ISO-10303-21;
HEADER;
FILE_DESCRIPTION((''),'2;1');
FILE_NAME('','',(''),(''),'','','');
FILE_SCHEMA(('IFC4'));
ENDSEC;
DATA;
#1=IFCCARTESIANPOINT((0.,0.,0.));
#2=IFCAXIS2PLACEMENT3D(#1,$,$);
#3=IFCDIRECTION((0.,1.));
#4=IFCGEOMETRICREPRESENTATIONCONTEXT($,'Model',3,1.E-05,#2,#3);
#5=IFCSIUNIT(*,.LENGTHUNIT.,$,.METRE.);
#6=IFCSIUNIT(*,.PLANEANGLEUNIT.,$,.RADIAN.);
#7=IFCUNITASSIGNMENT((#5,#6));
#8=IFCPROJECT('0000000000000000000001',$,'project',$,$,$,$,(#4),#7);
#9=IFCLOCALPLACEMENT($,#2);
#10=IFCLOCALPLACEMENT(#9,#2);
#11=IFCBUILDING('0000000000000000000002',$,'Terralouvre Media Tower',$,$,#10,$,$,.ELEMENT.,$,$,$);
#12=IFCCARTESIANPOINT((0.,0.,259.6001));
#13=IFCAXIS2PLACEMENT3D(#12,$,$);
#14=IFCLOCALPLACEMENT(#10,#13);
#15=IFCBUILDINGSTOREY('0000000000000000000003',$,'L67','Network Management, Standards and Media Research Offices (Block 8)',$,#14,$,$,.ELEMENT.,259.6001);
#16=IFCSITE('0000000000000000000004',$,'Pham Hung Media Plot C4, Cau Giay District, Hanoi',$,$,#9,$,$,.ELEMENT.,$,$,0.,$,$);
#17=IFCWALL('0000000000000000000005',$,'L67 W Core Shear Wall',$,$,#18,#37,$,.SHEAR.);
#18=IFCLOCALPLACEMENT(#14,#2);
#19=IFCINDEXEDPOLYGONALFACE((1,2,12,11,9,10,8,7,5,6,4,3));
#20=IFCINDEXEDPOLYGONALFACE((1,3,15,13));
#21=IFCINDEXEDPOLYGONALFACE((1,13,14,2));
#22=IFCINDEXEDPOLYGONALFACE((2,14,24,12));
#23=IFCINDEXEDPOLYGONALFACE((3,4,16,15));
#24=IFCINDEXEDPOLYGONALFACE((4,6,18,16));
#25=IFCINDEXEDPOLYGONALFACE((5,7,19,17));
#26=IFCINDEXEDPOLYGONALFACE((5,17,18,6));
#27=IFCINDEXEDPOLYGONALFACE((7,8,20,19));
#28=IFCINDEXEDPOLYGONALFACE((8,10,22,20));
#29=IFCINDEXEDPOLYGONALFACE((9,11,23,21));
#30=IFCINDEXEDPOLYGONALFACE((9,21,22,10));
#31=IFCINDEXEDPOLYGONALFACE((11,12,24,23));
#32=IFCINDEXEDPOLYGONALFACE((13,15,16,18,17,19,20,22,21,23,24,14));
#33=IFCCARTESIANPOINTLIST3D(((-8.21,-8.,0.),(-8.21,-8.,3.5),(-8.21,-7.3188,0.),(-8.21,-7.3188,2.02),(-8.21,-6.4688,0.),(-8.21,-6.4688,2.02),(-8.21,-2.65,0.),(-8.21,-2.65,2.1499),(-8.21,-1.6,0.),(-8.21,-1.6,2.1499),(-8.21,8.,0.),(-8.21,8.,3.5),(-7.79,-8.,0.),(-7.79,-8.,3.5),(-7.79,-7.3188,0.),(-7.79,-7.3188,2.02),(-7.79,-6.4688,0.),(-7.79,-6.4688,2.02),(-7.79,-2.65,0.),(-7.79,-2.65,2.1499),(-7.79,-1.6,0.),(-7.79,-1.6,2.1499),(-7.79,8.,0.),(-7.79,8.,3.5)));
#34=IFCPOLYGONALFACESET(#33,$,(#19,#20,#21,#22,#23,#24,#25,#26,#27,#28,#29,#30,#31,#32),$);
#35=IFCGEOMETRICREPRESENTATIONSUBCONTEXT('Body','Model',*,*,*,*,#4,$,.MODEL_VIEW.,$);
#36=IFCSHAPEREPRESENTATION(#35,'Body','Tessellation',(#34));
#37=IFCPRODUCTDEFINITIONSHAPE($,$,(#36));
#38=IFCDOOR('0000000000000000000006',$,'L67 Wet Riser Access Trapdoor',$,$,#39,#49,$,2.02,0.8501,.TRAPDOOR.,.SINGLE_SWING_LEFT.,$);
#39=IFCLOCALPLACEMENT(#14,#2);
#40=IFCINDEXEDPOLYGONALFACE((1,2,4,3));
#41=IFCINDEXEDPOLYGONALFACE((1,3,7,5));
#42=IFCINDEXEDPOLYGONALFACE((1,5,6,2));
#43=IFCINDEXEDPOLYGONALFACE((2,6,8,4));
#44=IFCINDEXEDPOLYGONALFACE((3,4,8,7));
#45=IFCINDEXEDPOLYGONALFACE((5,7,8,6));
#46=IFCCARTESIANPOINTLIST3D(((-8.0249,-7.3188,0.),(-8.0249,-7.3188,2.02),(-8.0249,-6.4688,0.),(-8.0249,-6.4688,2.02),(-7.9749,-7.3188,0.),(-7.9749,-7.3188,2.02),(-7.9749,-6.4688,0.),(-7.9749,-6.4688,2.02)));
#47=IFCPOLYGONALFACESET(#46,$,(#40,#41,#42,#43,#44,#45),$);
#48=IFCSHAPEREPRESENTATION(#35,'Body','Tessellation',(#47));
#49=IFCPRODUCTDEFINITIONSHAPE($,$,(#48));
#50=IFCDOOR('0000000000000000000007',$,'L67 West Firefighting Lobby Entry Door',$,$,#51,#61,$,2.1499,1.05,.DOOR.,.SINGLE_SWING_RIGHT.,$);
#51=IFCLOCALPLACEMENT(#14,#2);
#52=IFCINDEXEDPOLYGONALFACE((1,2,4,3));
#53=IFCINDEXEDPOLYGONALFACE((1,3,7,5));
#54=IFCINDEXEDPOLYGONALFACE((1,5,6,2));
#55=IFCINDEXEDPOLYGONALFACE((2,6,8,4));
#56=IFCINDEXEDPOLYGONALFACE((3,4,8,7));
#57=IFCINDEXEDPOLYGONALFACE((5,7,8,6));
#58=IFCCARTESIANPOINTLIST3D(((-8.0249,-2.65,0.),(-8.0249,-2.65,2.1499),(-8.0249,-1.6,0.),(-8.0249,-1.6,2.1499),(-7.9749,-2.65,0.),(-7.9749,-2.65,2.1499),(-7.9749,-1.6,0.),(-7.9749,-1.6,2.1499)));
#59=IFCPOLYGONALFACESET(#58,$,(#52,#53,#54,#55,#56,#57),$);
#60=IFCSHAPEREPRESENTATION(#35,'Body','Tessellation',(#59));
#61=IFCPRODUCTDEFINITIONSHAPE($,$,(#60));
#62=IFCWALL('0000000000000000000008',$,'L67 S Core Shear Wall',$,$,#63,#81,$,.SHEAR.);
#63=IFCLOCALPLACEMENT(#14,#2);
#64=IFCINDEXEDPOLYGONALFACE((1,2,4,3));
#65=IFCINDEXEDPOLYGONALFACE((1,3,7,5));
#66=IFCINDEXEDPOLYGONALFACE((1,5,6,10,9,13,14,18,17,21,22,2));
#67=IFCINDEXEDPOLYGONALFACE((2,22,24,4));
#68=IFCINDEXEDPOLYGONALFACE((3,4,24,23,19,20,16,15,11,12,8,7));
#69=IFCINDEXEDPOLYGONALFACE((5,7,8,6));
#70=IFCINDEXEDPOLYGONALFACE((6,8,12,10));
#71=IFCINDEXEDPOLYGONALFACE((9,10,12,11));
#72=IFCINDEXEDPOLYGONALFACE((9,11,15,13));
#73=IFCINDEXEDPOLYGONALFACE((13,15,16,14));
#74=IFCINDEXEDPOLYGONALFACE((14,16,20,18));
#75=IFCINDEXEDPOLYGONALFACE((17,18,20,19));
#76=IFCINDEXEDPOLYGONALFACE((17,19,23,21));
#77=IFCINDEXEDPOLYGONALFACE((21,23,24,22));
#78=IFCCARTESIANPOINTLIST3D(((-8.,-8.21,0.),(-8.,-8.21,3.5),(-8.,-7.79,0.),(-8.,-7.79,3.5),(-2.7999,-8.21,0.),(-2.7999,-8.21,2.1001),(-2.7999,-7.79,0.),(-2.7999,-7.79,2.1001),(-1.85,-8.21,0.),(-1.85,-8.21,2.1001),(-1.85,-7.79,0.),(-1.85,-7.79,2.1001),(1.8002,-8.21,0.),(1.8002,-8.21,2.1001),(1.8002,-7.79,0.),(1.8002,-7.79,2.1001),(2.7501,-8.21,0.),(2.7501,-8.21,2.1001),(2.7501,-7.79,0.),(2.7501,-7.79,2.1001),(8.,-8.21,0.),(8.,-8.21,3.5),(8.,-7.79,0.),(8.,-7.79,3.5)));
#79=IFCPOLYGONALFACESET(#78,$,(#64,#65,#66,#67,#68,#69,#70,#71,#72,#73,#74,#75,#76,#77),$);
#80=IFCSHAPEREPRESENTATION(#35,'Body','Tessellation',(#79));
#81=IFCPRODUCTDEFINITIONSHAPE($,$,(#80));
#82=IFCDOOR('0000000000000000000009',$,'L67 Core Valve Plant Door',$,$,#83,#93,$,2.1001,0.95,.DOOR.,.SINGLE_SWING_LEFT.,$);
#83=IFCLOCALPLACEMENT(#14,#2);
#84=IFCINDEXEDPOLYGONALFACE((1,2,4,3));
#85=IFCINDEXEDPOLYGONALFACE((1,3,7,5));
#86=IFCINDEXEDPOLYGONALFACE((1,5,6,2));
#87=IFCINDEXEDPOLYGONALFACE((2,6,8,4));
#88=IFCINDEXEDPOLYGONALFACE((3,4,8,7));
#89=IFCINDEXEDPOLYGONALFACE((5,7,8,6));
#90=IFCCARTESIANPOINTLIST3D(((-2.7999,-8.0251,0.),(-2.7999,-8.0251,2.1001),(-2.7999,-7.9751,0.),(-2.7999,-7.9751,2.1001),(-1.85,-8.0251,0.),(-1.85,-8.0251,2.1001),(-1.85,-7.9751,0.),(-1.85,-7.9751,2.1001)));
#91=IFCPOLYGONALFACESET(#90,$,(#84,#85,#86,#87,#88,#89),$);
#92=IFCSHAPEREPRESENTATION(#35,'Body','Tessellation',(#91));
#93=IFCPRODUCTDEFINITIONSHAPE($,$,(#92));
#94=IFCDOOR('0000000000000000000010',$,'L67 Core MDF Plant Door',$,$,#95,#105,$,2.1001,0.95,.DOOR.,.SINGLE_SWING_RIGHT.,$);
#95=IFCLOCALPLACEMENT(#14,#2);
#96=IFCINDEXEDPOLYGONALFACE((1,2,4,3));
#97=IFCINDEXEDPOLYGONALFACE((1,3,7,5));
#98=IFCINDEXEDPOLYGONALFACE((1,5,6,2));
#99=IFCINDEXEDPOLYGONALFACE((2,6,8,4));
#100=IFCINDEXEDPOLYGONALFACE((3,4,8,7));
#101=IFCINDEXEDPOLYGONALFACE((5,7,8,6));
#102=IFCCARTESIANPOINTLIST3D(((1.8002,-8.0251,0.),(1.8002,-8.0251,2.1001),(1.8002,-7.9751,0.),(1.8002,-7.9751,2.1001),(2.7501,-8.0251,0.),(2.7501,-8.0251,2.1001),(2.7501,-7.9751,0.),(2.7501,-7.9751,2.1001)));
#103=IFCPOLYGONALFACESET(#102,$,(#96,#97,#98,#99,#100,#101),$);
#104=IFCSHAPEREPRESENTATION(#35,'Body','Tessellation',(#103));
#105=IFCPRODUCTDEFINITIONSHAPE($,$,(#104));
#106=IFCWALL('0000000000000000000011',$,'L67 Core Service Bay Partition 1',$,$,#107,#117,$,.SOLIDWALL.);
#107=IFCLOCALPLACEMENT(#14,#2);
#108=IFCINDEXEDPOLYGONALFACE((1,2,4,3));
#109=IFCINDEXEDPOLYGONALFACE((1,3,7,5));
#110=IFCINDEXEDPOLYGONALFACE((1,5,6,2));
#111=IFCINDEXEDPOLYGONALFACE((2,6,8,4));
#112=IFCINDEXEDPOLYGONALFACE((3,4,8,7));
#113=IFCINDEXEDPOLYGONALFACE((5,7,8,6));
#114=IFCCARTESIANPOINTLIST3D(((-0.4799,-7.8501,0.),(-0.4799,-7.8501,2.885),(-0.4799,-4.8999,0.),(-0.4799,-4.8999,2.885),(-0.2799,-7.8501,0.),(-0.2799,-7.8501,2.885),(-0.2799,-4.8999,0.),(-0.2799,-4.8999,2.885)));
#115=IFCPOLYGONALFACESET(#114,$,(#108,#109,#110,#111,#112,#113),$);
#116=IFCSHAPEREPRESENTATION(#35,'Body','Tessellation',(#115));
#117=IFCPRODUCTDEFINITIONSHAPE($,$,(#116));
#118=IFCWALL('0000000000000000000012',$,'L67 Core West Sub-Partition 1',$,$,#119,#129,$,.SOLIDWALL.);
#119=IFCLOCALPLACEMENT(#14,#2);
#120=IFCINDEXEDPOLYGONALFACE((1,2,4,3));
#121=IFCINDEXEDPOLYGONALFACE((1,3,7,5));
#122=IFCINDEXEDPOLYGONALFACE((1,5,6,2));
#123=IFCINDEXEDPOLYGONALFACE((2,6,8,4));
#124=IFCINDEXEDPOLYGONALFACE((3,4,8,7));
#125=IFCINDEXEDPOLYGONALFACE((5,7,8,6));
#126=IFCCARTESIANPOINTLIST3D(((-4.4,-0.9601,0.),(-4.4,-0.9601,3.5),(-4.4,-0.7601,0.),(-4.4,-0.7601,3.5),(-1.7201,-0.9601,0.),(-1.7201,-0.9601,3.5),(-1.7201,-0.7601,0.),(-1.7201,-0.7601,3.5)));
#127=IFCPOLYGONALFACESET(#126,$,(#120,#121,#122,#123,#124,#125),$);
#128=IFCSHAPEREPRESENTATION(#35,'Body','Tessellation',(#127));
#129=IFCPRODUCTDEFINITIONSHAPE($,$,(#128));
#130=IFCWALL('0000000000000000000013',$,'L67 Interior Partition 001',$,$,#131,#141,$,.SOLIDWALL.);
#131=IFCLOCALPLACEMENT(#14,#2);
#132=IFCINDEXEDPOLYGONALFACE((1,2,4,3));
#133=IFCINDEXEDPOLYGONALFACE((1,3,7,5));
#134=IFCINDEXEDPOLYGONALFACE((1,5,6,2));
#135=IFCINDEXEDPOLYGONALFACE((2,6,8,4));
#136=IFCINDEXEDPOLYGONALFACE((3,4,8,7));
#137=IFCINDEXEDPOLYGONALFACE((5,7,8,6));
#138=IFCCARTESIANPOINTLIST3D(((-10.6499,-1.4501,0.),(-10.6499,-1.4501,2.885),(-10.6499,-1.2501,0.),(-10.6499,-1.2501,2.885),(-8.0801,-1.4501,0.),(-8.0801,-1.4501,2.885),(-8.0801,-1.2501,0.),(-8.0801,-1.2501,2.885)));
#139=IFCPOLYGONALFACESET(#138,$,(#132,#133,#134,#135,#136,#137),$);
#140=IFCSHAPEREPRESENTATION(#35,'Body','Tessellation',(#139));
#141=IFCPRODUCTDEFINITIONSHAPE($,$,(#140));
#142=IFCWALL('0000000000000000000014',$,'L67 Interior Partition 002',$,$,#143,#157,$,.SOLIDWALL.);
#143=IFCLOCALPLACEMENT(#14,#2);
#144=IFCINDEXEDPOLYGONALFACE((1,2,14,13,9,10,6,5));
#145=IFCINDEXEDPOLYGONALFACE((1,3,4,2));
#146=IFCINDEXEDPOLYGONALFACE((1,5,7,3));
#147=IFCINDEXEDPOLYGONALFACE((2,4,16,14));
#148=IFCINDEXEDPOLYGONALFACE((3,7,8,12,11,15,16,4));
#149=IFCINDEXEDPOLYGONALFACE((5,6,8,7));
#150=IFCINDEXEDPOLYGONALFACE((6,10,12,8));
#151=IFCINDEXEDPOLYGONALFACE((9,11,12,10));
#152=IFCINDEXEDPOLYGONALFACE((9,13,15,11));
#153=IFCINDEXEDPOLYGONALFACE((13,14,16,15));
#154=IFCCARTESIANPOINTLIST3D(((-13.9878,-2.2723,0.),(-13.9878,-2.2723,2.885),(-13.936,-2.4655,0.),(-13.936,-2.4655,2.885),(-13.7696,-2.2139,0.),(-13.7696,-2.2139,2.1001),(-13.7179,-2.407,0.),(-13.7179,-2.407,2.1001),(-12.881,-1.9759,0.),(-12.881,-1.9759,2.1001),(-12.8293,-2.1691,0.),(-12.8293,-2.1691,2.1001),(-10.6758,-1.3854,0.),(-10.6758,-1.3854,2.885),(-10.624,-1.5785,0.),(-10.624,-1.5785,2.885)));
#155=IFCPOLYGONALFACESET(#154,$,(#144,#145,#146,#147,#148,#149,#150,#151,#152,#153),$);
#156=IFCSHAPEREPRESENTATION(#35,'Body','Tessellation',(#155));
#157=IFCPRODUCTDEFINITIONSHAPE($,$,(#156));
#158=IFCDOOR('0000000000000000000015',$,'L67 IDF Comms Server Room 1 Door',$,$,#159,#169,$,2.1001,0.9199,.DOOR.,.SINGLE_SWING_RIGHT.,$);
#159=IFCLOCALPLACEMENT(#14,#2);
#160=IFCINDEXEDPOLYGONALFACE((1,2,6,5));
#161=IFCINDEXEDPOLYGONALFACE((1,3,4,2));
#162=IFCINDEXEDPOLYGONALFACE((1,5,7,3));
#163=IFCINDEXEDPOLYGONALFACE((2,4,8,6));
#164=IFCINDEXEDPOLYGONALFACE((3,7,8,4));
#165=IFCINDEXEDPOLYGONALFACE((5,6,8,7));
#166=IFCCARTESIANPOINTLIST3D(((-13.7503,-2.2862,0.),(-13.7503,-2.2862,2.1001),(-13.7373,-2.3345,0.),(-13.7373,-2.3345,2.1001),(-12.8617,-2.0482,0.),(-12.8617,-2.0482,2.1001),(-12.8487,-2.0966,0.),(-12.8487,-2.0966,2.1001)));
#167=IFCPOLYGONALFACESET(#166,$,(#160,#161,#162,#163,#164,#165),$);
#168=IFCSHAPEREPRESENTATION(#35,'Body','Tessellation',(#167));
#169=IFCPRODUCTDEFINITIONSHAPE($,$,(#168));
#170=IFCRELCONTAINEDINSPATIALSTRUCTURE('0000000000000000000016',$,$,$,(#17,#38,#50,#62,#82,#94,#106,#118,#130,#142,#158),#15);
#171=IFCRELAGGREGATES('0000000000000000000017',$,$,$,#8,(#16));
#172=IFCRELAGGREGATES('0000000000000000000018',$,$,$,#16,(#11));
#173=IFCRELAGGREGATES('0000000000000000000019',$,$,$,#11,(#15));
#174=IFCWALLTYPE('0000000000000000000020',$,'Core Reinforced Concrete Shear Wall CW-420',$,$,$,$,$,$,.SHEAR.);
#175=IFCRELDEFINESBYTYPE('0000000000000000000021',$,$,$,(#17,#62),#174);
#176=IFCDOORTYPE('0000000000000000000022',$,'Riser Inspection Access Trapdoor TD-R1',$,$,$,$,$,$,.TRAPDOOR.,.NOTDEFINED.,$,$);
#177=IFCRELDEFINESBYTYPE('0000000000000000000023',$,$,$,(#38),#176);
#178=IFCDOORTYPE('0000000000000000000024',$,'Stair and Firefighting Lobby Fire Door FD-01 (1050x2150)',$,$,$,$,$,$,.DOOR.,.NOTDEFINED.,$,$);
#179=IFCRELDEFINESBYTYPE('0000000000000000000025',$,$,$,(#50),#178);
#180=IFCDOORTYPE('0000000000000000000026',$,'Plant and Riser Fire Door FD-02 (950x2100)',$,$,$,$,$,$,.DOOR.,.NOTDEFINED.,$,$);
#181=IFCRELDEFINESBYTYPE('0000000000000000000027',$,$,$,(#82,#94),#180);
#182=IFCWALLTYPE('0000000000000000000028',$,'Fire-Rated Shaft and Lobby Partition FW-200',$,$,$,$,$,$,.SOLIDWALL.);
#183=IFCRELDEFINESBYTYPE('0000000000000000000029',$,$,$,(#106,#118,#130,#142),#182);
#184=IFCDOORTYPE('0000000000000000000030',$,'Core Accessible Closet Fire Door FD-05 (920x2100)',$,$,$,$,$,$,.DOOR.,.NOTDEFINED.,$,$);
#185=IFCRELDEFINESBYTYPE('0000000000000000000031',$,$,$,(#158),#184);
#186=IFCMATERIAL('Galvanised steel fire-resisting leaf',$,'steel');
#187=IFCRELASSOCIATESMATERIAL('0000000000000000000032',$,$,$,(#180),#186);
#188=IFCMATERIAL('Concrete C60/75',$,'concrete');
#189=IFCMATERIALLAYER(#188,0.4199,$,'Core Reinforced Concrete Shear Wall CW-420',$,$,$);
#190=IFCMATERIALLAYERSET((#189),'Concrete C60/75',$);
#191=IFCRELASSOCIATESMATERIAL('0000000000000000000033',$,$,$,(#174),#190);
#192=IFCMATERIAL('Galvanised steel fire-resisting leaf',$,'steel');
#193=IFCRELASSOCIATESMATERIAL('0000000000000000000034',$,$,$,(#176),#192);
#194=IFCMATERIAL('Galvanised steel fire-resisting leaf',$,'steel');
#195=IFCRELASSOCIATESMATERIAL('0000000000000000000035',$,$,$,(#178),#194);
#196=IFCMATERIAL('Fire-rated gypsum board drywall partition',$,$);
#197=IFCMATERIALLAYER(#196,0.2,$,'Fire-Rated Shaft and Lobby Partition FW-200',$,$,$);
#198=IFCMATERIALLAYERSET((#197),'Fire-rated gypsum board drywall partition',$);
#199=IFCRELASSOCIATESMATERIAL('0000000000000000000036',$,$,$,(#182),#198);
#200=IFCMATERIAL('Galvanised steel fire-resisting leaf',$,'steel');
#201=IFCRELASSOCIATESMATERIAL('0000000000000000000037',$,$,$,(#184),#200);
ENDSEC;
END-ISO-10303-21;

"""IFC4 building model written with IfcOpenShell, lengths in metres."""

from ifc_helpers import new_model, si_unit, direction, frame, frame_2d, origin, place, context, subcontext, project, spatial, rectangle, extrude, material, layer, layer_set, type_object, element, fill, save


model = new_model("IFC4")

# Units and contexts
model_context = context("Model", 3, precision=1e-05, world=origin(), true_north=direction((0.0, 1.0)))
body_context = subcontext(model_context, "Body", "Model", "MODEL_VIEW")
ifc_project = project(units=[si_unit("LENGTHUNIT", "METRE"), si_unit("PLANEANGLEUNIT", "RADIAN")], contexts=[model_context])

# Site, building, storey
site_placement = place(None, origin())
site = spatial("IfcSite", under=ifc_project, at=site_placement, Name="Pham Hung Media Plot C4, Cau Giay District, Hanoi", CompositionType="ELEMENT", RefElevation=0.0)
building_placement = place(site_placement, origin())
building = spatial("IfcBuilding", under=site, at=building_placement, Name="Terralouvre Media Tower", CompositionType="ELEMENT")
storey_placement = place(building_placement, frame((0.0, 0.0, 259.6001)))
storey = spatial("IfcBuildingStorey", under=building, at=storey_placement, Name="L67", Description="Network Management, Standards and Media Research Offices (Block 8)", CompositionType="ELEMENT", Elevation=259.6001)

# Walls, openings, doors
ifc_material_1 = material(Name="Galvanised steel fire-resisting leaf", Category="steel")
door_type_1 = type_object("IfcDoorType", Name="Plant and Riser Fire Door FD-02 (950x2100)", OperationType="NOTDEFINED", PredefinedType="DOOR", material=ifc_material_1)
ifc_material_2 = material(Name="Concrete C60/75", Category="concrete")
ifc_layer_1 = layer(ifc_material_2, 0.4199, Name="Core Reinforced Concrete Shear Wall CW-420")
ifc_layer_set_1 = layer_set([ifc_layer_1], Name="Concrete C60/75")
wall_type_1 = type_object("IfcWallType", Name="Core Reinforced Concrete Shear Wall CW-420", PredefinedType="SHEAR", material=ifc_layer_set_1)
wall_1_placement = place(storey_placement, frame((-8.0, -8.0, 0.0), z_axis=(0.0, 0.0, 1.0), x_axis=(0.0, 1.0, 0.0)))
wall_1 = element("IfcWall", 1, at=wall_1_placement, inside=storey, type_object=wall_type_1, Name="L67 W Core Shear Wall", PredefinedType="SHEAR", context=body_context, shape_type="SweptSolid", body=[
    extrude(rectangle(XDim=16.0, YDim=0.4199, at=frame_2d((8.0, 0.0))), origin(), (0.0, 0.0, 1.0), 3.5),
])
opening_1_placement = place(wall_1_placement, frame((0.6812, 0.0, 0.0)))
opening_1 = element("IfcOpeningElement", 2, at=opening_1_placement, cuts=wall_1, PredefinedType="OPENING", context=body_context, shape_type="SweptSolid", body=[
    extrude(rectangle(XDim=0.8501, YDim=2.02, at=frame_2d((0.425, 1.01))), frame((0.0, 0.22, 0.0), z_axis=(0.0, -1.0, 0.0), x_axis=(1.0, 0.0, 0.0)), (0.0, 0.0, 1.0), 0.4399),
])
opening_2_placement = place(wall_1_placement, frame((5.3501, 0.0, 0.0)))
opening_2 = element("IfcOpeningElement", 3, at=opening_2_placement, cuts=wall_1, PredefinedType="OPENING", context=body_context, shape_type="SweptSolid", body=[
    extrude(rectangle(XDim=1.05, YDim=2.1499, at=frame_2d((0.5249, 1.075))), frame((0.0, 0.22, 0.0), z_axis=(0.0, -1.0, 0.0), x_axis=(1.0, 0.0, 0.0)), (0.0, 0.0, 1.0), 0.4399),
])
ifc_material_3 = material(Name="Galvanised steel fire-resisting leaf", Category="steel")
door_type_2 = type_object("IfcDoorType", Name="Riser Inspection Access Trapdoor TD-R1", OperationType="NOTDEFINED", PredefinedType="TRAPDOOR", material=ifc_material_3)
door_1_placement = place(opening_1_placement, origin())
door_1 = element("IfcDoor", 4, at=door_1_placement, inside=storey, type_object=door_type_2, Name="L67 Wet Riser Access Trapdoor", OperationType="SINGLE_SWING_LEFT", OverallHeight=2.02, OverallWidth=0.8501, PredefinedType="TRAPDOOR", context=body_context, shape_type="SweptSolid", body=[
    extrude(rectangle(XDim=0.8501, YDim=2.02, at=frame_2d((0.425, 1.01))), frame((0.0, 0.0249, 0.0), z_axis=(0.0, -1.0, 0.0), x_axis=(1.0, 0.0, 0.0)), (0.0, 0.0, 1.0), 0.05),
])
fill(opening_1, door_1)
ifc_material_4 = material(Name="Galvanised steel fire-resisting leaf", Category="steel")
door_type_3 = type_object("IfcDoorType", Name="Stair and Firefighting Lobby Fire Door FD-01 (1050x2150)", OperationType="NOTDEFINED", PredefinedType="DOOR", material=ifc_material_4)
door_2_placement = place(opening_2_placement, origin())
door_2 = element("IfcDoor", 5, at=door_2_placement, inside=storey, type_object=door_type_3, Name="L67 West Firefighting Lobby Entry Door", OperationType="SINGLE_SWING_RIGHT", OverallHeight=2.1499, OverallWidth=1.05, PredefinedType="DOOR", context=body_context, shape_type="SweptSolid", body=[
    extrude(rectangle(XDim=1.05, YDim=2.1499, at=frame_2d((0.5249, 1.075))), frame((0.0, 0.0249, 0.0), z_axis=(0.0, -1.0, 0.0), x_axis=(1.0, 0.0, 0.0)), (0.0, 0.0, 1.0), 0.05),
])
fill(opening_2, door_2)
wall_2_placement = place(storey_placement, frame((-8.0, -8.0, 0.0), z_axis=(0.0, 0.0, 1.0), x_axis=(1.0, 0.0, 0.0)))
wall_2 = element("IfcWall", 6, at=wall_2_placement, inside=storey, type_object=wall_type_1, Name="L67 S Core Shear Wall", PredefinedType="SHEAR", context=body_context, shape_type="SweptSolid", body=[
    extrude(rectangle(XDim=16.0, YDim=0.4199, at=frame_2d((8.0, 0.0))), origin(), (0.0, 0.0, 1.0), 3.5),
])
opening_3_placement = place(wall_2_placement, frame((5.2, 0.0, 0.0)))
opening_3 = element("IfcOpeningElement", 7, at=opening_3_placement, cuts=wall_2, PredefinedType="OPENING", context=body_context, shape_type="SweptSolid", body=[
    extrude(rectangle(XDim=0.95, YDim=2.1001, at=frame_2d((0.4751, 1.05))), frame((0.0, 0.22, 0.0), z_axis=(0.0, -1.0, 0.0), x_axis=(1.0, 0.0, 0.0)), (0.0, 0.0, 1.0), 0.4399),
])
opening_4_placement = place(wall_2_placement, frame((9.8, 0.0, 0.0)))
opening_4 = element("IfcOpeningElement", 8, at=opening_4_placement, cuts=wall_2, PredefinedType="OPENING", context=body_context, shape_type="SweptSolid", body=[
    extrude(rectangle(XDim=0.95, YDim=2.1001, at=frame_2d((0.4751, 1.05))), frame((0.0, 0.22, 0.0), z_axis=(0.0, -1.0, 0.0), x_axis=(1.0, 0.0, 0.0)), (0.0, 0.0, 1.0), 0.4399),
])
door_3_placement = place(opening_3_placement, origin())
door_3 = element("IfcDoor", 9, at=door_3_placement, inside=storey, type_object=door_type_1, Name="L67 Core Valve Plant Door", OperationType="SINGLE_SWING_LEFT", OverallHeight=2.1001, OverallWidth=0.95, PredefinedType="DOOR", context=body_context, shape_type="SweptSolid", body=[
    extrude(rectangle(XDim=0.95, YDim=2.1001, at=frame_2d((0.4751, 1.05))), frame((0.0, 0.0249, 0.0), z_axis=(0.0, -1.0, 0.0), x_axis=(1.0, 0.0, 0.0)), (0.0, 0.0, 1.0), 0.05),
])
fill(opening_3, door_3)
door_4_placement = place(opening_4_placement, origin())
door_4 = element("IfcDoor", 10, at=door_4_placement, inside=storey, type_object=door_type_1, Name="L67 Core MDF Plant Door", OperationType="SINGLE_SWING_RIGHT", OverallHeight=2.1001, OverallWidth=0.95, PredefinedType="DOOR", context=body_context, shape_type="SweptSolid", body=[
    extrude(rectangle(XDim=0.95, YDim=2.1001, at=frame_2d((0.4751, 1.05))), frame((0.0, 0.0249, 0.0), z_axis=(0.0, -1.0, 0.0), x_axis=(1.0, 0.0, 0.0)), (0.0, 0.0, 1.0), 0.05),
])
fill(opening_4, door_4)

# Walls
ifc_material_5 = material(Name="Fire-rated gypsum board drywall partition")
ifc_layer_2 = layer(ifc_material_5, 0.2, Name="Fire-Rated Shaft and Lobby Partition FW-200")
ifc_layer_set_2 = layer_set([ifc_layer_2], Name="Fire-rated gypsum board drywall partition")
wall_type_2 = type_object("IfcWallType", Name="Fire-Rated Shaft and Lobby Partition FW-200", PredefinedType="SOLIDWALL", material=ifc_layer_set_2)
wall_3_placement = place(storey_placement, frame((-0.3799, -7.8501, 0.0), z_axis=(0.0, 0.0, 1.0), x_axis=(0.0, 1.0, 0.0)))
element("IfcWall", 11, at=wall_3_placement, inside=storey, type_object=wall_type_2, Name="L67 Core Service Bay Partition 1", PredefinedType="SOLIDWALL", context=body_context, shape_type="SweptSolid", body=[
    extrude(rectangle(XDim=2.9502, YDim=0.2, at=frame_2d((1.4751, 0.0))), origin(), (0.0, 0.0, 1.0), 2.885),
])
wall_4_placement = place(storey_placement, frame((-4.3999, -0.8601, 0.0), z_axis=(0.0, 0.0, 1.0), x_axis=(1.0, 0.0, 0.0)))
element("IfcWall", 12, at=wall_4_placement, inside=storey, type_object=wall_type_2, Name="L67 Core West Sub-Partition 1", PredefinedType="SOLIDWALL", context=body_context, shape_type="SweptSolid", body=[
    extrude(rectangle(XDim=2.6799, YDim=0.2, at=frame_2d((1.3398, 0.0))), origin(), (0.0, 0.0, 1.0), 3.5),
])
wall_5_placement = place(storey_placement, frame((-8.0801, -1.3501, 0.0), z_axis=(0.0, 0.0, 1.0), x_axis=(-1.0, 0.0, 0.0)))
element("IfcWall", 13, at=wall_5_placement, inside=storey, type_object=wall_type_2, Name="L67 Interior Partition 001", PredefinedType="SOLIDWALL", context=body_context, shape_type="SweptSolid", body=[
    extrude(rectangle(XDim=2.5698, YDim=0.2, at=frame_2d((1.2849, 0.0))), origin(), (0.0, 0.0, 1.0), 2.885),
])

# Wall, opening, door
wall_6_placement = place(storey_placement, frame((-10.6499, -1.4819, 0.0), z_axis=(0.0, 0.0, 1.0), x_axis=(-0.965961, -0.258686, 0.0)))
wall_6 = element("IfcWall", 14, at=wall_6_placement, inside=storey, type_object=wall_type_2, Name="L67 Interior Partition 002", PredefinedType="SOLIDWALL", context=body_context, shape_type="SweptSolid", body=[
    extrude(rectangle(XDim=3.4287, YDim=0.2, at=frame_2d((1.7144, 0.0))), origin(), (0.0, 0.0, 1.0), 2.885),
])
opening_5_placement = place(wall_6_placement, frame((2.283, 0.0, 0.0)))
opening_5 = element("IfcOpeningElement", 15, at=opening_5_placement, cuts=wall_6, PredefinedType="OPENING", context=body_context, shape_type="SweptSolid", body=[
    extrude(rectangle(XDim=0.9199, YDim=2.1001, at=frame_2d((0.46, 1.05))), frame((0.0, 0.1099, 0.0), z_axis=(0.0, -1.0, 0.0), x_axis=(1.0, 0.0, 0.0)), (0.0, 0.0, 1.0), 0.22),
])
ifc_material_6 = material(Name="Galvanised steel fire-resisting leaf", Category="steel")
door_type_4 = type_object("IfcDoorType", Name="Core Accessible Closet Fire Door FD-05 (920x2100)", OperationType="NOTDEFINED", PredefinedType="DOOR", material=ifc_material_6)
door_5_placement = place(opening_5_placement, origin())
door_5 = element("IfcDoor", 16, at=door_5_placement, inside=storey, type_object=door_type_4, Name="L67 IDF Comms Server Room 1 Door", OperationType="SINGLE_SWING_RIGHT", OverallHeight=2.1001, OverallWidth=0.9199, PredefinedType="DOOR", context=body_context, shape_type="SweptSolid", body=[
    extrude(rectangle(XDim=0.9199, YDim=2.1001, at=frame_2d((0.46, 1.05))), frame((0.0, 0.0249, 0.0), z_axis=(0.0, -1.0, 0.0), x_axis=(1.0, 0.0, 0.0)), (0.0, 0.0, 1.0), 0.05),
])
fill(opening_5, door_5)

save(model, "model.ifc")
